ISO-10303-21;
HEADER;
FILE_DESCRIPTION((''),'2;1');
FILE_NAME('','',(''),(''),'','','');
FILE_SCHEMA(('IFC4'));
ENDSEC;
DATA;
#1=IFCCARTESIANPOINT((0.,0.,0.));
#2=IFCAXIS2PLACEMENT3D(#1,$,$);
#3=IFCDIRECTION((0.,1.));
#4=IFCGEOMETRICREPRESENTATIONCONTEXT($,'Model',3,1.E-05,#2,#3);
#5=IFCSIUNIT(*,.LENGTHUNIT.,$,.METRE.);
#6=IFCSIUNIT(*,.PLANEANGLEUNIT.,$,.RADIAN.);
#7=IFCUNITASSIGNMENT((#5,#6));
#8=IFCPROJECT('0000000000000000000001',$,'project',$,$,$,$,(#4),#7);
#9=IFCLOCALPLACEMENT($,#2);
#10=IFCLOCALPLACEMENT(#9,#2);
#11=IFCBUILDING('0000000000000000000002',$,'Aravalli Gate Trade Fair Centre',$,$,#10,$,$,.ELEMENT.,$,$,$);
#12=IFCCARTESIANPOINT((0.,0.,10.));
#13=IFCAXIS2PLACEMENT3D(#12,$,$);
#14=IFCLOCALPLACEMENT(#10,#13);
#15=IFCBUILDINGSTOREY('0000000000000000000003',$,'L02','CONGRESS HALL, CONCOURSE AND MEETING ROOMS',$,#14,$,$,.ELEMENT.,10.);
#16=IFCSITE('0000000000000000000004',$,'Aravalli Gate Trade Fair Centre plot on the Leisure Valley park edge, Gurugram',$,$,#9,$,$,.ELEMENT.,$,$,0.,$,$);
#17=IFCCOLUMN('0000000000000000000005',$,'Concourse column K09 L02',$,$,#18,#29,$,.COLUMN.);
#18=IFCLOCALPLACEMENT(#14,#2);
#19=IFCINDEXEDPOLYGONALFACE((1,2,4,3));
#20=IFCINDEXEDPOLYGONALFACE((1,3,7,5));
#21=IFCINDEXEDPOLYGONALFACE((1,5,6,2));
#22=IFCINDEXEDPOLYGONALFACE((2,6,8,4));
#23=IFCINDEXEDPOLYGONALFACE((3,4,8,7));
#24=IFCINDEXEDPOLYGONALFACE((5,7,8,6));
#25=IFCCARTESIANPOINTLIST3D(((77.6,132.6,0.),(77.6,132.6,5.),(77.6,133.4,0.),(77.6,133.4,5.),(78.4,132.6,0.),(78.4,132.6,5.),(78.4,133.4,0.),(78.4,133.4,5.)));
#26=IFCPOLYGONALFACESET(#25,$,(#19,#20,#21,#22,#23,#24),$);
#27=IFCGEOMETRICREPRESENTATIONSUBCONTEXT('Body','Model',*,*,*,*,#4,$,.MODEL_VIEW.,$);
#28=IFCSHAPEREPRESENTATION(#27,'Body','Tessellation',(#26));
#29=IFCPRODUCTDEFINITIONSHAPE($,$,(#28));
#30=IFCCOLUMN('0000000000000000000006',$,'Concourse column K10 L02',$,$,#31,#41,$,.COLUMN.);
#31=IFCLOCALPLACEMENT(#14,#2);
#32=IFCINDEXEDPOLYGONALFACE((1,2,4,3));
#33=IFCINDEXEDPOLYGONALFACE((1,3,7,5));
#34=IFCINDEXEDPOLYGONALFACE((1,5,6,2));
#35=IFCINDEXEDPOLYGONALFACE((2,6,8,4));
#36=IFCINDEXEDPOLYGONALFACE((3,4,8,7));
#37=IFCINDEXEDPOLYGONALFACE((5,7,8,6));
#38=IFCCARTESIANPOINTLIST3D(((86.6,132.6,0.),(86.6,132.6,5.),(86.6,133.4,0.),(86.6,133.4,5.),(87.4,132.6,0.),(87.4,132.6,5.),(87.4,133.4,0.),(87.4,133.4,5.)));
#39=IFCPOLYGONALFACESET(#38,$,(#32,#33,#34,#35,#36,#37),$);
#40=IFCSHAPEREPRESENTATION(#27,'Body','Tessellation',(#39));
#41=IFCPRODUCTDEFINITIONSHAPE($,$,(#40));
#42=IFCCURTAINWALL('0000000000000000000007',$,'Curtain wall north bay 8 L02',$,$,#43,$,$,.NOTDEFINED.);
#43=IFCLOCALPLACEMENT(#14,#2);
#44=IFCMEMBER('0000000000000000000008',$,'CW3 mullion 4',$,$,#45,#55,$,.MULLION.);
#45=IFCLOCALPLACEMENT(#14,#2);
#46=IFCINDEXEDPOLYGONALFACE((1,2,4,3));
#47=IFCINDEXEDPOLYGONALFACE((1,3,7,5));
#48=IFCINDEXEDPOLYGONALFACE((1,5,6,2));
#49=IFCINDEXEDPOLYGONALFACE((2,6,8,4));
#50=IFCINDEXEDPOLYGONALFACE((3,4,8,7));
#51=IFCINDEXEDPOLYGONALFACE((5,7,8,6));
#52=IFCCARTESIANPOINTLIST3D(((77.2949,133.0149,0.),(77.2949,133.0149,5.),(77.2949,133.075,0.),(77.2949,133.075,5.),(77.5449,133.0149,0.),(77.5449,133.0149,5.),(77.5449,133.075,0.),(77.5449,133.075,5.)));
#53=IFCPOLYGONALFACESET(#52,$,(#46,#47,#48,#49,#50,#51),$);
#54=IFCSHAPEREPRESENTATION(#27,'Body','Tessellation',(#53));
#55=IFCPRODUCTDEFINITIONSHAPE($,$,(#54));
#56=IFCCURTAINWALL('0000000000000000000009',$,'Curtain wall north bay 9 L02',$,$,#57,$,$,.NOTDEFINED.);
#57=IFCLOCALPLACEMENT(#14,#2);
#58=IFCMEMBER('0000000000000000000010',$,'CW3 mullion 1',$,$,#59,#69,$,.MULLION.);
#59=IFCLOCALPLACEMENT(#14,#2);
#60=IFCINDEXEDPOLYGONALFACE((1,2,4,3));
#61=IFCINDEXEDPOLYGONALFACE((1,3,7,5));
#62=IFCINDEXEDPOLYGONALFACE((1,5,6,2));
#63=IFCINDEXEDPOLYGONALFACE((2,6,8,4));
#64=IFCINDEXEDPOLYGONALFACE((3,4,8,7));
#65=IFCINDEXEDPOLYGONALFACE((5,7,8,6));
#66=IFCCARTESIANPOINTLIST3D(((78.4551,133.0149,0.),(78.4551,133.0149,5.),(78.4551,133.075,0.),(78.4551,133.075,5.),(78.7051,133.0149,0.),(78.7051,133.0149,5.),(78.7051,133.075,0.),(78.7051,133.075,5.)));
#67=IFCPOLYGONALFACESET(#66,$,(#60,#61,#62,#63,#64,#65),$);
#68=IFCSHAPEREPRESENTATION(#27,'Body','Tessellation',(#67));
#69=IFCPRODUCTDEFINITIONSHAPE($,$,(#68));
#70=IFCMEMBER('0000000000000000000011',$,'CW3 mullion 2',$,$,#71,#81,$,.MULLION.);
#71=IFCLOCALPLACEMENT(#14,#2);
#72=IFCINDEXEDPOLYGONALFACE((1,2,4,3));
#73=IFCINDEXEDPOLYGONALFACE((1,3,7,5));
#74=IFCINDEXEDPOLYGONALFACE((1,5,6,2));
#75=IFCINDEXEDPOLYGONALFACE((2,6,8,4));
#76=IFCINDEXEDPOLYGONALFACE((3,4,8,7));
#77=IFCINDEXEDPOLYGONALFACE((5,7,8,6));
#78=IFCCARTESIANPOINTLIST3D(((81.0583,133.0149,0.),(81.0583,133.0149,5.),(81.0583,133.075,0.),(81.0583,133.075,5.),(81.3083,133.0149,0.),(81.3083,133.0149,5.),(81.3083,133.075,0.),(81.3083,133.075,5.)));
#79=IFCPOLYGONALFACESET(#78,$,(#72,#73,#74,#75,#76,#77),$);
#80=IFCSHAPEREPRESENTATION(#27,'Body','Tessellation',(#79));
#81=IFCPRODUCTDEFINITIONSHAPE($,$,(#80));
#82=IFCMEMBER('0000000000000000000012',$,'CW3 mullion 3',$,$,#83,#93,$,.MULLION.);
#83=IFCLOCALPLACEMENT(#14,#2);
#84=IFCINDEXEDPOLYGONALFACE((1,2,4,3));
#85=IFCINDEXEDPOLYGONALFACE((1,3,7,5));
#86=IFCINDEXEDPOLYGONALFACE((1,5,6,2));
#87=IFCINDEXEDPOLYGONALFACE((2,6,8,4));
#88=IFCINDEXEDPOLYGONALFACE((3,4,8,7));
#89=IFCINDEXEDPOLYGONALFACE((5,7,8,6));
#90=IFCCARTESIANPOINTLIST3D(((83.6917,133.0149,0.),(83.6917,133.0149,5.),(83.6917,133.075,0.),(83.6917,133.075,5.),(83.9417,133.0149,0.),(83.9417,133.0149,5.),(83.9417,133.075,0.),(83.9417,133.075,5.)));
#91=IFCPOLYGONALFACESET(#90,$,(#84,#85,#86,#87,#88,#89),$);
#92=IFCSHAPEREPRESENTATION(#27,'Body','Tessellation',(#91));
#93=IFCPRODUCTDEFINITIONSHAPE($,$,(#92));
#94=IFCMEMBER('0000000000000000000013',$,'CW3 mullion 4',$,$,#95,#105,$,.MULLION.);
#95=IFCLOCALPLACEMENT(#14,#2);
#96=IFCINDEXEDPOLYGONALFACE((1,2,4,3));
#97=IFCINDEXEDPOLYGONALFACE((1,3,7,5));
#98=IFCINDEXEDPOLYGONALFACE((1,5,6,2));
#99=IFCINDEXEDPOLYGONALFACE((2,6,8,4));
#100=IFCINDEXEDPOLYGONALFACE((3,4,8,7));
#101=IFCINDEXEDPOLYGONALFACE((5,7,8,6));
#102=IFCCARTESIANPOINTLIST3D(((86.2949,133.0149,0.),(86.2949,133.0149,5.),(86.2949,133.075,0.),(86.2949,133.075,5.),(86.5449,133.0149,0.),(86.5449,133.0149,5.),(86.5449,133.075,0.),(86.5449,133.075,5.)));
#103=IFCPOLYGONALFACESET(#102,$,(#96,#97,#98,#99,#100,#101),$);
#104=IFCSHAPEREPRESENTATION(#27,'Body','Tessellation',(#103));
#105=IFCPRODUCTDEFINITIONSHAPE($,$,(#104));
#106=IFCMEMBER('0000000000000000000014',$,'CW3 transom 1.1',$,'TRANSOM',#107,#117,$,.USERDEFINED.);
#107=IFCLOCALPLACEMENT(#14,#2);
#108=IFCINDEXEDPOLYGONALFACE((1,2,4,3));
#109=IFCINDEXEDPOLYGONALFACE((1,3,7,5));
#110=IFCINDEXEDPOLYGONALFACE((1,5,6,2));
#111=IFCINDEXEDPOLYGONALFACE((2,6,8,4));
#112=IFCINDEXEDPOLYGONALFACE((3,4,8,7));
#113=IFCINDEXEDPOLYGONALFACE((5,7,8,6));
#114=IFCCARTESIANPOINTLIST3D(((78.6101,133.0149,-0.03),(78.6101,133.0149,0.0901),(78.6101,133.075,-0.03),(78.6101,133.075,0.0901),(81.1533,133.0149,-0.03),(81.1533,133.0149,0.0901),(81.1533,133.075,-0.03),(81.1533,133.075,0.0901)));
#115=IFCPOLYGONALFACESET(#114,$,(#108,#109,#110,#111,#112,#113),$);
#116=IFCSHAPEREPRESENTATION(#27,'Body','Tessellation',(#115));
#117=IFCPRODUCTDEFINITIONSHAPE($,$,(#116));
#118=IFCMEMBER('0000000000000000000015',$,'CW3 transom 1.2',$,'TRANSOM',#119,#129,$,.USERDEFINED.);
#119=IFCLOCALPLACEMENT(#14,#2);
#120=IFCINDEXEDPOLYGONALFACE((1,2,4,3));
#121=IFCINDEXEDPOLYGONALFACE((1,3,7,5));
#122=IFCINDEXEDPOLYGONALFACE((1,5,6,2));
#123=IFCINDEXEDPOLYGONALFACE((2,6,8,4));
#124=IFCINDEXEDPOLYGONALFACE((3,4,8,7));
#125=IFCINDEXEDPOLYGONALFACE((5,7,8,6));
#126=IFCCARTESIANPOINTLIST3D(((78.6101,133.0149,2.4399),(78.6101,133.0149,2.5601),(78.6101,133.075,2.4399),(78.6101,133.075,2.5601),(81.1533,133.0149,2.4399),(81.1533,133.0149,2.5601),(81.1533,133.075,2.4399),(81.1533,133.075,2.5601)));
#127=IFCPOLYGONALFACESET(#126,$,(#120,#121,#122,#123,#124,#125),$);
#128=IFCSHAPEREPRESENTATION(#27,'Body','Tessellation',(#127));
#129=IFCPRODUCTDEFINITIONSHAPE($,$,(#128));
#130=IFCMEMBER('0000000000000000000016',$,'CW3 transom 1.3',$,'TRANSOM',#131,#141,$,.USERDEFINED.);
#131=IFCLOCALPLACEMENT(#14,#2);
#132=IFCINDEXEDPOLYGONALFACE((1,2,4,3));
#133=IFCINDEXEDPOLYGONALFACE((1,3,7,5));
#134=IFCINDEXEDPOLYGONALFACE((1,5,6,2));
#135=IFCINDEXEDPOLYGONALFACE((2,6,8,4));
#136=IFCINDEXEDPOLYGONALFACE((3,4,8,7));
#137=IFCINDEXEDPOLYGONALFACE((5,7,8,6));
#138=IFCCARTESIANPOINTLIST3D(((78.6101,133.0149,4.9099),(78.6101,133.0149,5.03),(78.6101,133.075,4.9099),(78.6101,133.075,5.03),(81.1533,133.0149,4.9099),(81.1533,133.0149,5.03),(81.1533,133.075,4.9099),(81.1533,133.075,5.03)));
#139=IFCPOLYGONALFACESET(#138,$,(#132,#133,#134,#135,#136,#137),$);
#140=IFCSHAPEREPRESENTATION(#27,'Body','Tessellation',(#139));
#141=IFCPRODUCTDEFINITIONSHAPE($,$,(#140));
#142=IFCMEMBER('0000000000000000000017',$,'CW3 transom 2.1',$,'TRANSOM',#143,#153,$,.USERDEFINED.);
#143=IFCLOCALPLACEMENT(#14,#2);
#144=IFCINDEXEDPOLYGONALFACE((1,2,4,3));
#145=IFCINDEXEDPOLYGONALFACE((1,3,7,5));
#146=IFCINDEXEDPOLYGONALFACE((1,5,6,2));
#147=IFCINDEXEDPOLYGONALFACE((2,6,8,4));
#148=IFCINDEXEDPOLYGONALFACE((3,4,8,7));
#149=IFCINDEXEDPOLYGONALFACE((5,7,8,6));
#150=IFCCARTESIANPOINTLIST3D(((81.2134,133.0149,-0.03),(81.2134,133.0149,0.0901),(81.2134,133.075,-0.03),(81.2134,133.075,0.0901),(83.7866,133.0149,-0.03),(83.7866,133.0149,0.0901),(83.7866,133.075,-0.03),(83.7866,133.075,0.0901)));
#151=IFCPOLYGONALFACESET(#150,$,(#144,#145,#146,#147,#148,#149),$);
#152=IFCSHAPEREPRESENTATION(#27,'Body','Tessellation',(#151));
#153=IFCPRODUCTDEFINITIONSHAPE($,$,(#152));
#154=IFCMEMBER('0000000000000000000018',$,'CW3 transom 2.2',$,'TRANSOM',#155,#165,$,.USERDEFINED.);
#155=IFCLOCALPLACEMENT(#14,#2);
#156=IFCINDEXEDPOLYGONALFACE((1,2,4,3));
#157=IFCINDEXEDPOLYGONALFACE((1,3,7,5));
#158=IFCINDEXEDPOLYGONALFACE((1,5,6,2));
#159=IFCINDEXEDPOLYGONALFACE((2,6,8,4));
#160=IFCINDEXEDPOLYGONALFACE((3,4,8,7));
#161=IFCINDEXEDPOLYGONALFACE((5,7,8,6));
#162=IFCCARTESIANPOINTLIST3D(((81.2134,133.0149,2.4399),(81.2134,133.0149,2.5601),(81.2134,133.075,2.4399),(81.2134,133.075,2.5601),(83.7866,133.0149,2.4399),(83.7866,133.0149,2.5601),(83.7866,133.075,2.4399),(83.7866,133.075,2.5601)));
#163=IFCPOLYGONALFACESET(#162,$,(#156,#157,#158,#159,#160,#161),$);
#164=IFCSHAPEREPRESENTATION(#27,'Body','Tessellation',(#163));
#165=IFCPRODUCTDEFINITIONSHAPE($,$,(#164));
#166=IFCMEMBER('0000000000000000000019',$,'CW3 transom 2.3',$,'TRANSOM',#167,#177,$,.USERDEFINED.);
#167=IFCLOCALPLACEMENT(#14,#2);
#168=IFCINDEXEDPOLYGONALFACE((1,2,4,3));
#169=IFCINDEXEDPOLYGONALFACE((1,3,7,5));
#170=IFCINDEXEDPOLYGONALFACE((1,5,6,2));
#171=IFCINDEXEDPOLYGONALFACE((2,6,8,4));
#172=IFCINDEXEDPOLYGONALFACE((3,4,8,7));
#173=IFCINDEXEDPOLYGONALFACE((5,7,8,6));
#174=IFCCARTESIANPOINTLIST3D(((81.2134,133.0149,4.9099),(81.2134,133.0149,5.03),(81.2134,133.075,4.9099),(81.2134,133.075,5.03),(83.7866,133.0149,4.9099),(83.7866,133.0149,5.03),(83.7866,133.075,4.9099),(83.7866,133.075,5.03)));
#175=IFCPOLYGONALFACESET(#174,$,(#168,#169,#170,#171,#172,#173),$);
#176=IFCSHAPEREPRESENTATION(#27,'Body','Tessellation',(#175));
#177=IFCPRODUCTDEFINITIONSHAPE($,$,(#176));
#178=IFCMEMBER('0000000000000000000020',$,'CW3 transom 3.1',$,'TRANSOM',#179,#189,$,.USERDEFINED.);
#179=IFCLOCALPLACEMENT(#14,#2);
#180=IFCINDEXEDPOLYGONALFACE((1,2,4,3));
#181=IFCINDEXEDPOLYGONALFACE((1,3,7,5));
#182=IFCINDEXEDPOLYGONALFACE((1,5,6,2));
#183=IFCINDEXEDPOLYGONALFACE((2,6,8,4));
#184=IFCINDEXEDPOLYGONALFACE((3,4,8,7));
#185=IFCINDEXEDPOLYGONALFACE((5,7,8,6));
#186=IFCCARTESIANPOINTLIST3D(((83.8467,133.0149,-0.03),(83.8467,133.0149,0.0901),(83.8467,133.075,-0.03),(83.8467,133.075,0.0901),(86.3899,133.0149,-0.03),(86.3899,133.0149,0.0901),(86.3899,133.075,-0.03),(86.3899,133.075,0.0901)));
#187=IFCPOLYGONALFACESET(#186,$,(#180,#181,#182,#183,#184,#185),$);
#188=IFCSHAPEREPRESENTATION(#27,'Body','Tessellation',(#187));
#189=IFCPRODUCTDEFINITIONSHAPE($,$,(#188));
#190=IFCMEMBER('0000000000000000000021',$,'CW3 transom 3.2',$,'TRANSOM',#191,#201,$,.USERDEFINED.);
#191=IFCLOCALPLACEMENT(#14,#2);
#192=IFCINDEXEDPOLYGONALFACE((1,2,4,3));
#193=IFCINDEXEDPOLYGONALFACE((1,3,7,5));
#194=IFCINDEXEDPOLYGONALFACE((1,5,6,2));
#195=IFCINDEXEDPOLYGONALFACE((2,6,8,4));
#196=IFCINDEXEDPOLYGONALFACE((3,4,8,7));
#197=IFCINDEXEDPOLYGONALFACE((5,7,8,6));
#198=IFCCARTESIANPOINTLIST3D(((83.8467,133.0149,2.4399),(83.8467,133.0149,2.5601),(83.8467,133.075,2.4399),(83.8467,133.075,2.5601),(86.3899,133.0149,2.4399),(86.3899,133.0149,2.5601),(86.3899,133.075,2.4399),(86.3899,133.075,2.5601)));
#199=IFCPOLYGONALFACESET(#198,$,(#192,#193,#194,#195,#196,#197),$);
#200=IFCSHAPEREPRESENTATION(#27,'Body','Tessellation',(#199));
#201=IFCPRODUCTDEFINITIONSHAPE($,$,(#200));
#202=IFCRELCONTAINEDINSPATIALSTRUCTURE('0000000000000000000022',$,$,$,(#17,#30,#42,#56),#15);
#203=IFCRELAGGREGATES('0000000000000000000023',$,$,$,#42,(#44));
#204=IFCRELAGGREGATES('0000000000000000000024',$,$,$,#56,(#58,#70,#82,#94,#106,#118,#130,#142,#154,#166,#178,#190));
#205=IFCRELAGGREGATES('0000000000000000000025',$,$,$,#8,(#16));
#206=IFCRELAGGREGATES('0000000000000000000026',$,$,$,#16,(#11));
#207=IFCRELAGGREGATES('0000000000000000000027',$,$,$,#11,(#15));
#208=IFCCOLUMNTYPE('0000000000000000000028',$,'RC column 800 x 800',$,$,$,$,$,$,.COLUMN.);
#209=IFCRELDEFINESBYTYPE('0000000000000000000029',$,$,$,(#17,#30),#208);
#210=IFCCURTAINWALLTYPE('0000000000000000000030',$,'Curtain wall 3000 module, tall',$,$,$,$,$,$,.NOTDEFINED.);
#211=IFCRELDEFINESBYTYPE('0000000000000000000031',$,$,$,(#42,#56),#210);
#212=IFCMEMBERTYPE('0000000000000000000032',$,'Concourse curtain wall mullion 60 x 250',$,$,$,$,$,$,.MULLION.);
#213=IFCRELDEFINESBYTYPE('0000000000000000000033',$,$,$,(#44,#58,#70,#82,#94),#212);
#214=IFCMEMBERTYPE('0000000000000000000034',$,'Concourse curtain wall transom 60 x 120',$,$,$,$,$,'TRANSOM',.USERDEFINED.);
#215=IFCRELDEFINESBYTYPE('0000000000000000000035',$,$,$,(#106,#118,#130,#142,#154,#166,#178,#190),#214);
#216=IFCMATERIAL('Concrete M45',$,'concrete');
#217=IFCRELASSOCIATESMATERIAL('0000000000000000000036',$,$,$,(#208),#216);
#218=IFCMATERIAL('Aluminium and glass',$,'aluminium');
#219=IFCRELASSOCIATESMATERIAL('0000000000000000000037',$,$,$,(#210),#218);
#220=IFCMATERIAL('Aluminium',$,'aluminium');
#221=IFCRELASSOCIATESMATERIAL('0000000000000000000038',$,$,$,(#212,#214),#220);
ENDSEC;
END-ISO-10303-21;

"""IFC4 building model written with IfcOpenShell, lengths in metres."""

from ifc_helpers import new_model, si_unit, direction, frame, origin, origin_2d, place, context, subcontext, project, spatial, rectangle, extrude, material, material_profile, profile_set, type_object, element, aggregate, save


model = new_model("IFC4")

# Units and contexts
model_context = context("Model", 3, precision=1e-05, world=origin(), true_north=direction((0.0, 1.0)))
body_context = subcontext(model_context, "Body", "Model", "MODEL_VIEW")
ifc_project = project(units=[si_unit("LENGTHUNIT", "METRE"), si_unit("PLANEANGLEUNIT", "RADIAN")], contexts=[model_context])

# Site, building, storey
site_placement = place(None, origin())
site = spatial("IfcSite", under=ifc_project, at=site_placement, Name="Aravalli Gate Trade Fair Centre plot on the Leisure Valley park edge, Gurugram", CompositionType="ELEMENT", RefElevation=0.0)
building_placement = place(site_placement, origin())
building = spatial("IfcBuilding", under=site, at=building_placement, Name="Aravalli Gate Trade Fair Centre", CompositionType="ELEMENT")
storey_placement = place(building_placement, frame((0.0, 0.0, 10.0)))
storey = spatial("IfcBuildingStorey", under=building, at=storey_placement, Name="L02", Description="CONGRESS HALL, CONCOURSE AND MEETING ROOMS", CompositionType="ELEMENT", Elevation=10.0)

# Columns
ifc_material_1 = material(Name="Concrete M45", Category="concrete")
ifc_material_profile_1 = material_profile(ifc_material_1, rectangle(XDim=0.8, YDim=0.8, at=origin_2d()), Name="RC column 800 x 800")
ifc_profile_set_1 = profile_set([ifc_material_profile_1], Name="Concrete M45")
column_type = type_object("IfcColumnType", Name="RC column 800 x 800", PredefinedType="COLUMN", material=ifc_profile_set_1)
for number, where, z_axis, x_axis, name in (
    (1, (78.0, 133.0, 0.0), (0.0, 0.0, 1.0), (1.0, 0.0, 0.0), "Concourse column K09 L02"),
    (2, (87.0, 133.0, 0.0), (0.0, 0.0, 1.0), (1.0, 0.0, 0.0), "Concourse column K10 L02"),
):
    element("IfcColumn", number, at=place(storey_placement, frame(where, z_axis=z_axis, x_axis=x_axis)), inside=storey, type_object=column_type, Name=name, PredefinedType="COLUMN", context=body_context, shape_type="SweptSolid", body=[
        extrude(rectangle(XDim=0.8, YDim=0.8, at=origin_2d()), origin(), (0.0, 0.0, 1.0), 5.0),
    ])

# Curtain wall, member
ifc_material_2 = material(Name="Aluminium and glass", Category="aluminium")
curtain_wall_type = type_object("IfcCurtainWallType", Name="Curtain wall 3000 module, tall", PredefinedType="NOTDEFINED", material=ifc_material_2)
curtain_wall_1_placement = place(storey_placement, origin())
curtain_wall_1 = element("IfcCurtainWall", 3, at=curtain_wall_1_placement, inside=storey, type_object=curtain_wall_type, Name="Curtain wall north bay 8 L02", PredefinedType="NOTDEFINED")
ifc_material_3 = material(Name="Aluminium", Category="aluminium")
ifc_material_profile_2 = material_profile(ifc_material_3, rectangle(XDim=0.0601, YDim=0.25, at=origin_2d()), Name="Concourse curtain wall mullion 60 x 250")
ifc_profile_set_2 = profile_set([ifc_material_profile_2], Name="Aluminium")
member_type_1 = type_object("IfcMemberType", Name="Concourse curtain wall mullion 60 x 250", PredefinedType="MULLION", material=ifc_profile_set_2)
member_1_placement = place(storey_placement, frame((77.4199, 133.0449, 0.0), z_axis=(0.0, 0.0, 1.0), x_axis=(0.0, 1.0, 0.0)))
member_1 = element("IfcMember", 4, at=member_1_placement, type_object=member_type_1, Name="CW3 mullion 4", PredefinedType="MULLION", context=body_context, shape_type="SweptSolid", body=[
    extrude(rectangle(XDim=0.0601, YDim=0.25, at=origin_2d()), origin(), (0.0, 0.0, 1.0), 5.0),
])

# Curtain wall, members
curtain_wall_2_placement = place(storey_placement, origin())
curtain_wall_2 = element("IfcCurtainWall", 5, at=curtain_wall_2_placement, inside=storey, type_object=curtain_wall_type, Name="Curtain wall north bay 9 L02", PredefinedType="NOTDEFINED")
member_2_placement = place(storey_placement, frame((78.5801, 133.0449, 0.0), z_axis=(0.0, 0.0, 1.0), x_axis=(0.0, 1.0, 0.0)))
member_2 = element("IfcMember", 6, at=member_2_placement, type_object=member_type_1, Name="CW3 mullion 1", PredefinedType="MULLION", context=body_context, shape_type="SweptSolid", body=[
    extrude(rectangle(XDim=0.0601, YDim=0.25, at=origin_2d()), origin(), (0.0, 0.0, 1.0), 5.0),
])
member_3_placement = place(storey_placement, frame((81.1833, 133.0449, 0.0), z_axis=(0.0, 0.0, 1.0), x_axis=(0.0, 1.0, 0.0)))
member_3 = element("IfcMember", 7, at=member_3_placement, type_object=member_type_1, Name="CW3 mullion 2", PredefinedType="MULLION", context=body_context, shape_type="SweptSolid", body=[
    extrude(rectangle(XDim=0.0601, YDim=0.25, at=origin_2d()), origin(), (0.0, 0.0, 1.0), 5.0),
])
member_4_placement = place(storey_placement, frame((83.8167, 133.0449, 0.0), z_axis=(0.0, 0.0, 1.0), x_axis=(0.0, 1.0, 0.0)))
member_4 = element("IfcMember", 8, at=member_4_placement, type_object=member_type_1, Name="CW3 mullion 3", PredefinedType="MULLION", context=body_context, shape_type="SweptSolid", body=[
    extrude(rectangle(XDim=0.0601, YDim=0.25, at=origin_2d()), origin(), (0.0, 0.0, 1.0), 5.0),
])
member_5_placement = place(storey_placement, frame((86.4199, 133.0449, 0.0), z_axis=(0.0, 0.0, 1.0), x_axis=(0.0, 1.0, 0.0)))
member_5 = element("IfcMember", 9, at=member_5_placement, type_object=member_type_1, Name="CW3 mullion 4", PredefinedType="MULLION", context=body_context, shape_type="SweptSolid", body=[
    extrude(rectangle(XDim=0.0601, YDim=0.25, at=origin_2d()), origin(), (0.0, 0.0, 1.0), 5.0),
])
ifc_material_profile_3 = material_profile(ifc_material_3, rectangle(XDim=0.0601, YDim=0.1201, at=origin_2d()), Name="Concourse curtain wall transom 60 x 120")
ifc_profile_set_3 = profile_set([ifc_material_profile_3], Name="Aluminium")
member_type_2 = type_object("IfcMemberType", Name="Concourse curtain wall transom 60 x 120", ElementType="TRANSOM", PredefinedType="USERDEFINED", material=ifc_profile_set_3)
member_6_placement = place(storey_placement, frame((78.6101, 133.0449, 0.03), z_axis=(1.0, 0.0, 0.0), x_axis=(0.0, 1.0, 0.0)))
member_6 = element("IfcMember", 10, at=member_6_placement, type_object=member_type_2, Name="CW3 transom 1.1", ObjectType="TRANSOM", PredefinedType="USERDEFINED", context=body_context, shape_type="SweptSolid", body=[
    extrude(rectangle(XDim=0.0601, YDim=0.1201, at=origin_2d()), origin(), (0.0, 0.0, 1.0), 2.5432),
])
member_7_placement = place(storey_placement, frame((78.6101, 133.0449, 2.5), z_axis=(1.0, 0.0, 0.0), x_axis=(0.0, 1.0, 0.0)))
member_7 = element("IfcMember", 11, at=member_7_placement, type_object=member_type_2, Name="CW3 transom 1.2", ObjectType="TRANSOM", PredefinedType="USERDEFINED", context=body_context, shape_type="SweptSolid", body=[
    extrude(rectangle(XDim=0.0601, YDim=0.1201, at=origin_2d()), origin(), (0.0, 0.0, 1.0), 2.5432),
])
member_8_placement = place(storey_placement, frame((78.6101, 133.0449, 4.97), z_axis=(1.0, 0.0, 0.0), x_axis=(0.0, 1.0, 0.0)))
member_8 = element("IfcMember", 12, at=member_8_placement, type_object=member_type_2, Name="CW3 transom 1.3", ObjectType="TRANSOM", PredefinedType="USERDEFINED", context=body_context, shape_type="SweptSolid", body=[
    extrude(rectangle(XDim=0.0601, YDim=0.1201, at=origin_2d()), origin(), (0.0, 0.0, 1.0), 2.5432),
])
member_9_placement = place(storey_placement, frame((81.2134, 133.0449, 0.03), z_axis=(1.0, 0.0, 0.0), x_axis=(0.0, 1.0, 0.0)))
member_9 = element("IfcMember", 13, at=member_9_placement, type_object=member_type_2, Name="CW3 transom 2.1", ObjectType="TRANSOM", PredefinedType="USERDEFINED", context=body_context, shape_type="SweptSolid", body=[
    extrude(rectangle(XDim=0.0601, YDim=0.1201, at=origin_2d()), origin(), (0.0, 0.0, 1.0), 2.5732),
])
member_10_placement = place(storey_placement, frame((81.2134, 133.0449, 2.5), z_axis=(1.0, 0.0, 0.0), x_axis=(0.0, 1.0, 0.0)))
member_10 = element("IfcMember", 14, at=member_10_placement, type_object=member_type_2, Name="CW3 transom 2.2", ObjectType="TRANSOM", PredefinedType="USERDEFINED", context=body_context, shape_type="SweptSolid", body=[
    extrude(rectangle(XDim=0.0601, YDim=0.1201, at=origin_2d()), origin(), (0.0, 0.0, 1.0), 2.5732),
])
member_11_placement = place(storey_placement, frame((81.2134, 133.0449, 4.97), z_axis=(1.0, 0.0, 0.0), x_axis=(0.0, 1.0, 0.0)))
member_11 = element("IfcMember", 15, at=member_11_placement, type_object=member_type_2, Name="CW3 transom 2.3", ObjectType="TRANSOM", PredefinedType="USERDEFINED", context=body_context, shape_type="SweptSolid", body=[
    extrude(rectangle(XDim=0.0601, YDim=0.1201, at=origin_2d()), origin(), (0.0, 0.0, 1.0), 2.5732),
])
member_12_placement = place(storey_placement, frame((83.8467, 133.0449, 0.03), z_axis=(1.0, 0.0, 0.0), x_axis=(0.0, 1.0, 0.0)))
member_12 = element("IfcMember", 16, at=member_12_placement, type_object=member_type_2, Name="CW3 transom 3.1", ObjectType="TRANSOM", PredefinedType="USERDEFINED", context=body_context, shape_type="SweptSolid", body=[
    extrude(rectangle(XDim=0.0601, YDim=0.1201, at=origin_2d()), origin(), (0.0, 0.0, 1.0), 2.5432),
])
member_13_placement = place(storey_placement, frame((83.8467, 133.0449, 2.5), z_axis=(1.0, 0.0, 0.0), x_axis=(0.0, 1.0, 0.0)))
member_13 = element("IfcMember", 17, at=member_13_placement, type_object=member_type_2, Name="CW3 transom 3.2", ObjectType="TRANSOM", PredefinedType="USERDEFINED", context=body_context, shape_type="SweptSolid", body=[
    extrude(rectangle(XDim=0.0601, YDim=0.1201, at=origin_2d()), origin(), (0.0, 0.0, 1.0), 2.5432),
])

aggregate(curtain_wall_1, [member_1])
aggregate(curtain_wall_2, [member_2, member_3, member_4, member_5, member_6, member_7, member_8, member_9, member_10, member_11, member_12, member_13])

save(model, "model.ifc")
